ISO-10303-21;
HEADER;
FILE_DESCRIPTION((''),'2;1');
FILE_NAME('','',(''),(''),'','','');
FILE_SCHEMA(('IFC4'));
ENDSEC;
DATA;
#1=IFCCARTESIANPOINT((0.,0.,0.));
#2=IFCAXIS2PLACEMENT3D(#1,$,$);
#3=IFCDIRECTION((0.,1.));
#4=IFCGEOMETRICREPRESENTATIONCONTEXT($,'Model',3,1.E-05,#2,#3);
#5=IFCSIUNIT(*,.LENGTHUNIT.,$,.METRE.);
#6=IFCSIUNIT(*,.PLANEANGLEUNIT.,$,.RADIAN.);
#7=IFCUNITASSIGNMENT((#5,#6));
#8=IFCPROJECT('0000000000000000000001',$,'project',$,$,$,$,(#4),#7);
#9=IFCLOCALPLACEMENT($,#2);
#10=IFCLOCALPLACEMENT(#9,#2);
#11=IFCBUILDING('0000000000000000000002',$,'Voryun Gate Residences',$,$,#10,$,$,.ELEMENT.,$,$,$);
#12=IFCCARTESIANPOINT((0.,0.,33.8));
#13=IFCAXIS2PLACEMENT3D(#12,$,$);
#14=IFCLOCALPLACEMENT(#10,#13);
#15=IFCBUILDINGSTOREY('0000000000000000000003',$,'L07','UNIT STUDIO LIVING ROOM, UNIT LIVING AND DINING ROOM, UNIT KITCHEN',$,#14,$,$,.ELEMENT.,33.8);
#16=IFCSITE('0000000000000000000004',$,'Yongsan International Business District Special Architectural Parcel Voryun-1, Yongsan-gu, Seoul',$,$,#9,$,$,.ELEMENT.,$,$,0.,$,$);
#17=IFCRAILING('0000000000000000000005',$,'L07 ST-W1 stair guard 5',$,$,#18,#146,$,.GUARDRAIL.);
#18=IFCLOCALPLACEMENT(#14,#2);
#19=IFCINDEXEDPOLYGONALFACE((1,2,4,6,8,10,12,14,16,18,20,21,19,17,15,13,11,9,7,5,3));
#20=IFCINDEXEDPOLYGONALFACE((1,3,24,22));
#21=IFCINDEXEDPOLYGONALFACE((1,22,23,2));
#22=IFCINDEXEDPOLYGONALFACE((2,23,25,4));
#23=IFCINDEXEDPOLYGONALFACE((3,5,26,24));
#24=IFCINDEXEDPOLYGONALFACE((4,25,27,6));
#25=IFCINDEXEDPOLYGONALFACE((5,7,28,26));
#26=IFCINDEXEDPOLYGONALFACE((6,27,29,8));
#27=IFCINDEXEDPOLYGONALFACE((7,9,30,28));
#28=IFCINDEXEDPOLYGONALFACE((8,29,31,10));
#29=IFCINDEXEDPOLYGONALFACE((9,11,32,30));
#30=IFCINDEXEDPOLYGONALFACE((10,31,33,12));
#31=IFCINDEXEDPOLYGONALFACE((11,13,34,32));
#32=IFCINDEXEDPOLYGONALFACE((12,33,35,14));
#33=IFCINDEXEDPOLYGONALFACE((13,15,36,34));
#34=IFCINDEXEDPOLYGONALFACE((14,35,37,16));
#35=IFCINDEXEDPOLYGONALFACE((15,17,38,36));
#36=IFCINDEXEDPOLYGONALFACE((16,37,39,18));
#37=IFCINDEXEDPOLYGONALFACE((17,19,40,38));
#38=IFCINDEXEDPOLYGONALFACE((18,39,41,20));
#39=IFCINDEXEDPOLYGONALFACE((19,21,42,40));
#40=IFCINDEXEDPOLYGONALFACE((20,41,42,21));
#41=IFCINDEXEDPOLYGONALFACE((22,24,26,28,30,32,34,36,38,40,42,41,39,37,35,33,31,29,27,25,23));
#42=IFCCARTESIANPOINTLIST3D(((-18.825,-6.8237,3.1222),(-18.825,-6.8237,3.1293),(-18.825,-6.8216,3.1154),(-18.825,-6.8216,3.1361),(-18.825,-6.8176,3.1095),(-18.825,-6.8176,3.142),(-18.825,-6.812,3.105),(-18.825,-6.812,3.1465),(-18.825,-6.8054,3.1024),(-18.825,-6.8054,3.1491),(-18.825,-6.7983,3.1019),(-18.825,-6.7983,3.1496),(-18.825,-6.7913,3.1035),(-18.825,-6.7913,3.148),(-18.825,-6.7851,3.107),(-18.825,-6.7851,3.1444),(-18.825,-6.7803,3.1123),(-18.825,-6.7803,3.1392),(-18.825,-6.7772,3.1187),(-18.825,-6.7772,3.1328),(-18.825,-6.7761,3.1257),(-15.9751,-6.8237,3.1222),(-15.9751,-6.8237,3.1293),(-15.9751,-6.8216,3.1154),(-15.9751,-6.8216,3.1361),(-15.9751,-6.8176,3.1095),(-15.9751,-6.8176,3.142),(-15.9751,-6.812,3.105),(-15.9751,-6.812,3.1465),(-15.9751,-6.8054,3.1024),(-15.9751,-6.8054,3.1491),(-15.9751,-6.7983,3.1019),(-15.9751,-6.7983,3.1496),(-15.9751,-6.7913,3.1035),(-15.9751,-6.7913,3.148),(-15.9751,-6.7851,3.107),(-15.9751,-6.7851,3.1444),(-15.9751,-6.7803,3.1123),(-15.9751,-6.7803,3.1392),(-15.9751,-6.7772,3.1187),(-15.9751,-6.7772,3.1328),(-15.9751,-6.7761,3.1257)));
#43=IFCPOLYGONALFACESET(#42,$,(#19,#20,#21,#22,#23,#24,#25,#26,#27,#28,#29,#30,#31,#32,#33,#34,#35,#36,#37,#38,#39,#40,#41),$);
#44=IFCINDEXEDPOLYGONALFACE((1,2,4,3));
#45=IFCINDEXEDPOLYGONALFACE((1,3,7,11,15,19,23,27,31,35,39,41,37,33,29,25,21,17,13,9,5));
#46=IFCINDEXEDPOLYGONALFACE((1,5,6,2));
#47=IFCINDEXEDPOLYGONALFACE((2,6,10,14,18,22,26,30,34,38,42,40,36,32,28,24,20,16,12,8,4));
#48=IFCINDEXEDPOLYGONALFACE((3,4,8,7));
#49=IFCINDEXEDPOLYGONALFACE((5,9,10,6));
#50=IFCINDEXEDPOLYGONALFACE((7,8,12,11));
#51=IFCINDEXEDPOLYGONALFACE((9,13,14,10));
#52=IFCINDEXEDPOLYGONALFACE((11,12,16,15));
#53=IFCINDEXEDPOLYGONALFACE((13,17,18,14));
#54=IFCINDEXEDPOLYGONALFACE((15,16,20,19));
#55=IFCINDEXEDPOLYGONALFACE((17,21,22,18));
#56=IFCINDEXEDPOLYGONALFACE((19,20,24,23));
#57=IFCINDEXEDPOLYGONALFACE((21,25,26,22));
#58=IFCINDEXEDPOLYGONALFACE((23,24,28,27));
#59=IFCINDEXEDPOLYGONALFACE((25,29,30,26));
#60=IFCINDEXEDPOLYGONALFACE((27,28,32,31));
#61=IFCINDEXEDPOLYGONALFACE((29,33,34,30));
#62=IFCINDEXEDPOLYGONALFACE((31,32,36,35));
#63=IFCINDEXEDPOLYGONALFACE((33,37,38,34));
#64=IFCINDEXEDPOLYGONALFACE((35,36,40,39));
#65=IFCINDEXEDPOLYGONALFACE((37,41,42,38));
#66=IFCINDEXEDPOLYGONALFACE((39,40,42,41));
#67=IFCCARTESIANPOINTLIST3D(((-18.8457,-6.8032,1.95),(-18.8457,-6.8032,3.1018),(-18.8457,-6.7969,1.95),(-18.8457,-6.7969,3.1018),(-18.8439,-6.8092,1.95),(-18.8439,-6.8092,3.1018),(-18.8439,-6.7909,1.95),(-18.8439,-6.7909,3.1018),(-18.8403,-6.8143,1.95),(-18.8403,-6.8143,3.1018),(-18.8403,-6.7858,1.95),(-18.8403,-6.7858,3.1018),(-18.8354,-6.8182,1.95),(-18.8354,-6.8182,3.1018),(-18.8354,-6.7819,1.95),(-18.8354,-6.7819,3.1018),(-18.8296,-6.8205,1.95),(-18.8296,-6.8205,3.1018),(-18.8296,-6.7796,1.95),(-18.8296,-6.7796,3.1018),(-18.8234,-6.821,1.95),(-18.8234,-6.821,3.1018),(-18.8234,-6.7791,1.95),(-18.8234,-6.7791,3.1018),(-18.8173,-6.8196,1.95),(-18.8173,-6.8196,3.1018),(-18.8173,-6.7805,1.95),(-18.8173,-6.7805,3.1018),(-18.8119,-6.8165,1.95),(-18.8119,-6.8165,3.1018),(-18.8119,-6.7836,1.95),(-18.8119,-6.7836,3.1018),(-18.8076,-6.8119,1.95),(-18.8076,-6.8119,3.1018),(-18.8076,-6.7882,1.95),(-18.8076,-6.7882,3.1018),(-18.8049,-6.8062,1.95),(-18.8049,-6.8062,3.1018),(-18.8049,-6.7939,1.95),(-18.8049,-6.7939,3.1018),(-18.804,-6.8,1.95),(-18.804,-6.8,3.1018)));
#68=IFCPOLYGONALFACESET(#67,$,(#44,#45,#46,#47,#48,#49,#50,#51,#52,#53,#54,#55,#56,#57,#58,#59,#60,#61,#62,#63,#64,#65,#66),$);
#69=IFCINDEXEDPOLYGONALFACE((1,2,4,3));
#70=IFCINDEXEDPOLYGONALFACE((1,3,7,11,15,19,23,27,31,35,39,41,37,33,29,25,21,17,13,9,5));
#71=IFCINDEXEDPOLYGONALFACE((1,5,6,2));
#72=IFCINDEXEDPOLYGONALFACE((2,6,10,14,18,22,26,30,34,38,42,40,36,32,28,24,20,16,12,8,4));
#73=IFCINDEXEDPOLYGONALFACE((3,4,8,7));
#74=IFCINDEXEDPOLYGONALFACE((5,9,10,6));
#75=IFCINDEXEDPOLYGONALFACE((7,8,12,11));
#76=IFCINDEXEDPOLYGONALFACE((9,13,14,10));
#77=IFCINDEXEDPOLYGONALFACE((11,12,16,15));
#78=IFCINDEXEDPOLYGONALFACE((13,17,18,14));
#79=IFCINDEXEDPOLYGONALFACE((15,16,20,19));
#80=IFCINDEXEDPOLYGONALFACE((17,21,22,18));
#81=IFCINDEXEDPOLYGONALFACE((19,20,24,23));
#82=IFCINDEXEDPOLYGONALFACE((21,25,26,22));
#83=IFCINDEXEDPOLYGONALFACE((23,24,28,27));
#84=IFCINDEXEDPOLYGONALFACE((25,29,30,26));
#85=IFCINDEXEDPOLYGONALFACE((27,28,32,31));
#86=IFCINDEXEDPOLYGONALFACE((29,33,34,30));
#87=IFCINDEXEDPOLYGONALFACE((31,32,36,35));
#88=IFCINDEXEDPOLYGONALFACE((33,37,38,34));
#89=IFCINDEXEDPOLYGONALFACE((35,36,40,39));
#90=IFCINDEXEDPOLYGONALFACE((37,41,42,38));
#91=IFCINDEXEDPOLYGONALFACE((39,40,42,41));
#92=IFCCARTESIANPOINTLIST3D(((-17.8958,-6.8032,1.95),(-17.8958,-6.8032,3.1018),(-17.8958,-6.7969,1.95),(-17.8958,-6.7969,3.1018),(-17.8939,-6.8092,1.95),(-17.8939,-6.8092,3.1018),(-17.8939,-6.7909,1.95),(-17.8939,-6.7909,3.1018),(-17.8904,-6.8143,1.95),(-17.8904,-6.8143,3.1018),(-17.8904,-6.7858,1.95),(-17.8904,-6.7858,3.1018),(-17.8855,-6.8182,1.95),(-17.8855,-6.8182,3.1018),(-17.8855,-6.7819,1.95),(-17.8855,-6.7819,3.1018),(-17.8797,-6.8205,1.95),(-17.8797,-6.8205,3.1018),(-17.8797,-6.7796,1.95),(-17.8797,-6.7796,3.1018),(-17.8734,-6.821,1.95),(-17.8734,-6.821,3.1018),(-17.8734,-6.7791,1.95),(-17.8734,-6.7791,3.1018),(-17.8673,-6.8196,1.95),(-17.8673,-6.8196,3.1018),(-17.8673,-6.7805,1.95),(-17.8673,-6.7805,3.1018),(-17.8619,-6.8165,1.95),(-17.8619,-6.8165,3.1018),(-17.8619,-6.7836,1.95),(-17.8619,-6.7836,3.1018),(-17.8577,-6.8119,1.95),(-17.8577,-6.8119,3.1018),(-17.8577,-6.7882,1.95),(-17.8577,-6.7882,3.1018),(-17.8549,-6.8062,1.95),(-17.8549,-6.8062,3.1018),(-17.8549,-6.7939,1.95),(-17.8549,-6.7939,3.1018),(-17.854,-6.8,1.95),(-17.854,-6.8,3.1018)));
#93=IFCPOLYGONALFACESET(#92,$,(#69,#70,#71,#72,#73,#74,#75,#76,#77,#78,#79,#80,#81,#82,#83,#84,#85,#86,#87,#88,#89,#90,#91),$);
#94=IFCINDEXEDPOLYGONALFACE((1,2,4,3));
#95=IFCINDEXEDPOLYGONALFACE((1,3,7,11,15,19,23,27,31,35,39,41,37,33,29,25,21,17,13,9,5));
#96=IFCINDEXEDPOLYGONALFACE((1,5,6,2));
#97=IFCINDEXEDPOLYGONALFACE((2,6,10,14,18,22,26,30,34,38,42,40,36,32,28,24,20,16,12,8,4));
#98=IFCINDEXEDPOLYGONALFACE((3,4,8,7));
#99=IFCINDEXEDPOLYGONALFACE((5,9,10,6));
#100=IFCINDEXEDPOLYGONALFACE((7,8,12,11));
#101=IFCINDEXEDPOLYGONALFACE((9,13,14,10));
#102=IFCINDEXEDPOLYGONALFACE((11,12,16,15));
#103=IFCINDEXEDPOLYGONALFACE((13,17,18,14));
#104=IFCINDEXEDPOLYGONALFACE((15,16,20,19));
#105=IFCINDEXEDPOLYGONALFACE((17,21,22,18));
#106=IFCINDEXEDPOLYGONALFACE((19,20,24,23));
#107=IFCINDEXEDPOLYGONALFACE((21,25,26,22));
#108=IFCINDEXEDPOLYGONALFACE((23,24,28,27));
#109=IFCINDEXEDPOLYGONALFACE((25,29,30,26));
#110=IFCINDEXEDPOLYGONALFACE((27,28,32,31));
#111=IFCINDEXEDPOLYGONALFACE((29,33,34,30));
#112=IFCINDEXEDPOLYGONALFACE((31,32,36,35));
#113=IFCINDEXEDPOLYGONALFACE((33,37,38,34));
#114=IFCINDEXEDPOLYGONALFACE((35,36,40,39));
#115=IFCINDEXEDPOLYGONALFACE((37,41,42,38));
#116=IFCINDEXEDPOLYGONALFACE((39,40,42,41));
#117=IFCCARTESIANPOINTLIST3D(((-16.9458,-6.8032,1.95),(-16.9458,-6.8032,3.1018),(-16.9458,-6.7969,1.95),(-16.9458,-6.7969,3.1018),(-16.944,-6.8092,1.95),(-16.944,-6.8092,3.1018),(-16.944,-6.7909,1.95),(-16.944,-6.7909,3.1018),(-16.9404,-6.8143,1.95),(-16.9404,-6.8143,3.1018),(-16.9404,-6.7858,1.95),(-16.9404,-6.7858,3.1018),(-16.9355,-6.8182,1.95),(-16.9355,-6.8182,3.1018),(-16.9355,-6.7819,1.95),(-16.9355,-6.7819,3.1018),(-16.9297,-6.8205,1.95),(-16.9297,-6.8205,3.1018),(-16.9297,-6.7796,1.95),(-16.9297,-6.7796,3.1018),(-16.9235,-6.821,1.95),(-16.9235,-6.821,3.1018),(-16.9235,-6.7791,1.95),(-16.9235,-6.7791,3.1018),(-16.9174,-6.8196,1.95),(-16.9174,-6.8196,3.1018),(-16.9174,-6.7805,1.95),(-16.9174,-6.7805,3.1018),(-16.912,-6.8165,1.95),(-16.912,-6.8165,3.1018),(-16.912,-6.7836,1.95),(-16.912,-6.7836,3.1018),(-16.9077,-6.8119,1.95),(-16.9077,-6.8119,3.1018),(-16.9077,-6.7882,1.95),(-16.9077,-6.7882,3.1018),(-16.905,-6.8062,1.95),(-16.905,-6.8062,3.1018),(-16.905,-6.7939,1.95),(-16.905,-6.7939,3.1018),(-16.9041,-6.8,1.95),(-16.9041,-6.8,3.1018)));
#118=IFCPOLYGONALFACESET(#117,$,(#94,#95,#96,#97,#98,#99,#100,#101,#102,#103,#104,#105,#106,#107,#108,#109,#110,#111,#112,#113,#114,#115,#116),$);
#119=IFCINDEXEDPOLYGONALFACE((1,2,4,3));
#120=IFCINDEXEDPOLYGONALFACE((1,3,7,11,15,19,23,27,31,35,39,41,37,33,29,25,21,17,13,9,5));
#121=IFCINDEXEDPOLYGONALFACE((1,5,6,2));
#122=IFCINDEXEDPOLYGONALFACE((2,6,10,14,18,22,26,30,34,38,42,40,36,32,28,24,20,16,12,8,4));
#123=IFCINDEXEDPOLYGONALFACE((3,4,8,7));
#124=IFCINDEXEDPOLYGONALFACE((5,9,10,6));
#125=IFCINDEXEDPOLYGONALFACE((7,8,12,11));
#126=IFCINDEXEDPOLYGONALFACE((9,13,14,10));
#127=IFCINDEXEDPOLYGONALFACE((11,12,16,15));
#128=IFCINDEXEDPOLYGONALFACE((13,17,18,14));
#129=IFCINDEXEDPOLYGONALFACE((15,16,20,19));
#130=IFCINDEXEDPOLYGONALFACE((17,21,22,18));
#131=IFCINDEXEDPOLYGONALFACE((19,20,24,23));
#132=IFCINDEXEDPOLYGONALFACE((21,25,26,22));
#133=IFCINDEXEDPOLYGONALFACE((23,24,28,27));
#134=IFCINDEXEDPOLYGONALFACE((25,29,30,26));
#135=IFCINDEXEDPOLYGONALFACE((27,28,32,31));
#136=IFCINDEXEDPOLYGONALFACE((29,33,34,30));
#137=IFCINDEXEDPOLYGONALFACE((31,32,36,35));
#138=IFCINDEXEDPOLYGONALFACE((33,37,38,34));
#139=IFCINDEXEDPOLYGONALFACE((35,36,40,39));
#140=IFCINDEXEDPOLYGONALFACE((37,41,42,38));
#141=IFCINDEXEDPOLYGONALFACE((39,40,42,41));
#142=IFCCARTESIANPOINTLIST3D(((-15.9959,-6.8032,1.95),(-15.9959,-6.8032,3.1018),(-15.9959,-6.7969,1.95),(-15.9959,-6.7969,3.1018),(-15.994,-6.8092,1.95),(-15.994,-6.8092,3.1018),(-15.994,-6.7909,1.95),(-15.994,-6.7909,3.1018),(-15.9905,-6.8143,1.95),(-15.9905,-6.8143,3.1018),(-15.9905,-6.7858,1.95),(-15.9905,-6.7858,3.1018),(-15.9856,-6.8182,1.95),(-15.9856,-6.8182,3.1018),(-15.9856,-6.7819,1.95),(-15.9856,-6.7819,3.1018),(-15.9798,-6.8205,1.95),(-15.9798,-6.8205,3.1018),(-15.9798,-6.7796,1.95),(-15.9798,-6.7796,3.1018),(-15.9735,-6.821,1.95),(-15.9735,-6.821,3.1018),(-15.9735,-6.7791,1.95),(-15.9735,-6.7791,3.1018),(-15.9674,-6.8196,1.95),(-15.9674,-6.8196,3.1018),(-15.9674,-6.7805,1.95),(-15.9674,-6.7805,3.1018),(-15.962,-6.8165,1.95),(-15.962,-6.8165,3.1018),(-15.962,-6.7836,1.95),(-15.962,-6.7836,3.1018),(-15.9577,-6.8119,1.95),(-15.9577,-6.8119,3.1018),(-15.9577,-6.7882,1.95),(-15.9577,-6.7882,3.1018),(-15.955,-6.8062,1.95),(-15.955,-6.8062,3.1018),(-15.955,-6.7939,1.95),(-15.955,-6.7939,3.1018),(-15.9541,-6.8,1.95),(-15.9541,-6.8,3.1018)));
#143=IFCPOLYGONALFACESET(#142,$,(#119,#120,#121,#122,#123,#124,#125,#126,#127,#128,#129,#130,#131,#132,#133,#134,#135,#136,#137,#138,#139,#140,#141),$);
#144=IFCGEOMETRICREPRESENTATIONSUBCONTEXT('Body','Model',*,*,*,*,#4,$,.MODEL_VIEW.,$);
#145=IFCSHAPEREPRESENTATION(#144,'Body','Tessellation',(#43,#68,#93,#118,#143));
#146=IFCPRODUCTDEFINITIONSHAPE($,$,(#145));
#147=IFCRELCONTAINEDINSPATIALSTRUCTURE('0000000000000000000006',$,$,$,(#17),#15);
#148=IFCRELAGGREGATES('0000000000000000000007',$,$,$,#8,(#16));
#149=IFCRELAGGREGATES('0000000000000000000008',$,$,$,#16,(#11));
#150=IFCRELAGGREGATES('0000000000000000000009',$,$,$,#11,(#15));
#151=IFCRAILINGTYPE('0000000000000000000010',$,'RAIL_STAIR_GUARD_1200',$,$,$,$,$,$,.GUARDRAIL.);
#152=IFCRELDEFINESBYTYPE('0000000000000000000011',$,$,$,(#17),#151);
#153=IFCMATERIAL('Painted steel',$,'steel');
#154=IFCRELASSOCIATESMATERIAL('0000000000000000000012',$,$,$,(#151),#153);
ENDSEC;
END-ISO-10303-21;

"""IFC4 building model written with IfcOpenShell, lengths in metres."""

from ifc_helpers import new_model, si_unit, direction, frame, origin, origin_2d, place, context, subcontext, project, spatial, circle, extrude, material, type_object, element, save


model = new_model("IFC4")

# Units and contexts
model_context = context("Model", 3, precision=1e-05, world=origin(), true_north=direction((0.0, 1.0)))
body_context = subcontext(model_context, "Body", "Model", "MODEL_VIEW")
ifc_project = project(units=[si_unit("LENGTHUNIT", "METRE"), si_unit("PLANEANGLEUNIT", "RADIAN")], contexts=[model_context])

# Site, building, storey
site_placement = place(None, origin())
site = spatial("IfcSite", under=ifc_project, at=site_placement, Name="Yongsan International Business District Special Architectural Parcel Voryun-1, Yongsan-gu, Seoul", CompositionType="ELEMENT", RefElevation=0.0)
building_placement = place(site_placement, origin())
building = spatial("IfcBuilding", under=site, at=building_placement, Name="Voryun Gate Residences", CompositionType="ELEMENT")
storey_placement = place(building_placement, frame((0.0, 0.0, 33.8)))
storey = spatial("IfcBuildingStorey", under=building, at=storey_placement, Name="L07", Description="UNIT STUDIO LIVING ROOM, UNIT LIVING AND DINING ROOM, UNIT KITCHEN", CompositionType="ELEMENT", Elevation=33.8)

# Railing
ifc_material_1 = material(Name="Painted steel", Category="steel")
railing_type_1 = type_object("IfcRailingType", Name="RAIL_STAIR_GUARD_1200", PredefinedType="GUARDRAIL", material=ifc_material_1)
railing_1_placement = place(storey_placement, frame((-18.825, -6.8, 1.95)))
element("IfcRailing", 1, at=railing_1_placement, inside=storey, type_object=railing_type_1, Name="L07 ST-W1 stair guard 5", PredefinedType="GUARDRAIL", context=body_context, shape_type="SweptSolid", body=[
    extrude(circle(Radius=0.0239, at=origin_2d()), frame((0.0, 0.0, 1.1758), z_axis=(1.0, 0.0, 0.0), x_axis=(0.0, 1.0, 0.0)), (0.0, 0.0, 1.0), 2.8499),
    extrude(circle(Radius=0.021, at=origin_2d()), origin(), (0.0, 0.0, 1.0), 1.1519),
    extrude(circle(Radius=0.021, at=origin_2d()), frame((0.95, 0.0, 0.0)), (0.0, 0.0, 1.0), 1.1519),
    extrude(circle(Radius=0.021, at=origin_2d()), frame((1.8999, 0.0, 0.0)), (0.0, 0.0, 1.0), 1.1519),
    extrude(circle(Radius=0.021, at=origin_2d()), frame((2.8499, 0.0, 0.0)), (0.0, 0.0, 1.0), 1.1519),
])

save(model, "model.ifc")
